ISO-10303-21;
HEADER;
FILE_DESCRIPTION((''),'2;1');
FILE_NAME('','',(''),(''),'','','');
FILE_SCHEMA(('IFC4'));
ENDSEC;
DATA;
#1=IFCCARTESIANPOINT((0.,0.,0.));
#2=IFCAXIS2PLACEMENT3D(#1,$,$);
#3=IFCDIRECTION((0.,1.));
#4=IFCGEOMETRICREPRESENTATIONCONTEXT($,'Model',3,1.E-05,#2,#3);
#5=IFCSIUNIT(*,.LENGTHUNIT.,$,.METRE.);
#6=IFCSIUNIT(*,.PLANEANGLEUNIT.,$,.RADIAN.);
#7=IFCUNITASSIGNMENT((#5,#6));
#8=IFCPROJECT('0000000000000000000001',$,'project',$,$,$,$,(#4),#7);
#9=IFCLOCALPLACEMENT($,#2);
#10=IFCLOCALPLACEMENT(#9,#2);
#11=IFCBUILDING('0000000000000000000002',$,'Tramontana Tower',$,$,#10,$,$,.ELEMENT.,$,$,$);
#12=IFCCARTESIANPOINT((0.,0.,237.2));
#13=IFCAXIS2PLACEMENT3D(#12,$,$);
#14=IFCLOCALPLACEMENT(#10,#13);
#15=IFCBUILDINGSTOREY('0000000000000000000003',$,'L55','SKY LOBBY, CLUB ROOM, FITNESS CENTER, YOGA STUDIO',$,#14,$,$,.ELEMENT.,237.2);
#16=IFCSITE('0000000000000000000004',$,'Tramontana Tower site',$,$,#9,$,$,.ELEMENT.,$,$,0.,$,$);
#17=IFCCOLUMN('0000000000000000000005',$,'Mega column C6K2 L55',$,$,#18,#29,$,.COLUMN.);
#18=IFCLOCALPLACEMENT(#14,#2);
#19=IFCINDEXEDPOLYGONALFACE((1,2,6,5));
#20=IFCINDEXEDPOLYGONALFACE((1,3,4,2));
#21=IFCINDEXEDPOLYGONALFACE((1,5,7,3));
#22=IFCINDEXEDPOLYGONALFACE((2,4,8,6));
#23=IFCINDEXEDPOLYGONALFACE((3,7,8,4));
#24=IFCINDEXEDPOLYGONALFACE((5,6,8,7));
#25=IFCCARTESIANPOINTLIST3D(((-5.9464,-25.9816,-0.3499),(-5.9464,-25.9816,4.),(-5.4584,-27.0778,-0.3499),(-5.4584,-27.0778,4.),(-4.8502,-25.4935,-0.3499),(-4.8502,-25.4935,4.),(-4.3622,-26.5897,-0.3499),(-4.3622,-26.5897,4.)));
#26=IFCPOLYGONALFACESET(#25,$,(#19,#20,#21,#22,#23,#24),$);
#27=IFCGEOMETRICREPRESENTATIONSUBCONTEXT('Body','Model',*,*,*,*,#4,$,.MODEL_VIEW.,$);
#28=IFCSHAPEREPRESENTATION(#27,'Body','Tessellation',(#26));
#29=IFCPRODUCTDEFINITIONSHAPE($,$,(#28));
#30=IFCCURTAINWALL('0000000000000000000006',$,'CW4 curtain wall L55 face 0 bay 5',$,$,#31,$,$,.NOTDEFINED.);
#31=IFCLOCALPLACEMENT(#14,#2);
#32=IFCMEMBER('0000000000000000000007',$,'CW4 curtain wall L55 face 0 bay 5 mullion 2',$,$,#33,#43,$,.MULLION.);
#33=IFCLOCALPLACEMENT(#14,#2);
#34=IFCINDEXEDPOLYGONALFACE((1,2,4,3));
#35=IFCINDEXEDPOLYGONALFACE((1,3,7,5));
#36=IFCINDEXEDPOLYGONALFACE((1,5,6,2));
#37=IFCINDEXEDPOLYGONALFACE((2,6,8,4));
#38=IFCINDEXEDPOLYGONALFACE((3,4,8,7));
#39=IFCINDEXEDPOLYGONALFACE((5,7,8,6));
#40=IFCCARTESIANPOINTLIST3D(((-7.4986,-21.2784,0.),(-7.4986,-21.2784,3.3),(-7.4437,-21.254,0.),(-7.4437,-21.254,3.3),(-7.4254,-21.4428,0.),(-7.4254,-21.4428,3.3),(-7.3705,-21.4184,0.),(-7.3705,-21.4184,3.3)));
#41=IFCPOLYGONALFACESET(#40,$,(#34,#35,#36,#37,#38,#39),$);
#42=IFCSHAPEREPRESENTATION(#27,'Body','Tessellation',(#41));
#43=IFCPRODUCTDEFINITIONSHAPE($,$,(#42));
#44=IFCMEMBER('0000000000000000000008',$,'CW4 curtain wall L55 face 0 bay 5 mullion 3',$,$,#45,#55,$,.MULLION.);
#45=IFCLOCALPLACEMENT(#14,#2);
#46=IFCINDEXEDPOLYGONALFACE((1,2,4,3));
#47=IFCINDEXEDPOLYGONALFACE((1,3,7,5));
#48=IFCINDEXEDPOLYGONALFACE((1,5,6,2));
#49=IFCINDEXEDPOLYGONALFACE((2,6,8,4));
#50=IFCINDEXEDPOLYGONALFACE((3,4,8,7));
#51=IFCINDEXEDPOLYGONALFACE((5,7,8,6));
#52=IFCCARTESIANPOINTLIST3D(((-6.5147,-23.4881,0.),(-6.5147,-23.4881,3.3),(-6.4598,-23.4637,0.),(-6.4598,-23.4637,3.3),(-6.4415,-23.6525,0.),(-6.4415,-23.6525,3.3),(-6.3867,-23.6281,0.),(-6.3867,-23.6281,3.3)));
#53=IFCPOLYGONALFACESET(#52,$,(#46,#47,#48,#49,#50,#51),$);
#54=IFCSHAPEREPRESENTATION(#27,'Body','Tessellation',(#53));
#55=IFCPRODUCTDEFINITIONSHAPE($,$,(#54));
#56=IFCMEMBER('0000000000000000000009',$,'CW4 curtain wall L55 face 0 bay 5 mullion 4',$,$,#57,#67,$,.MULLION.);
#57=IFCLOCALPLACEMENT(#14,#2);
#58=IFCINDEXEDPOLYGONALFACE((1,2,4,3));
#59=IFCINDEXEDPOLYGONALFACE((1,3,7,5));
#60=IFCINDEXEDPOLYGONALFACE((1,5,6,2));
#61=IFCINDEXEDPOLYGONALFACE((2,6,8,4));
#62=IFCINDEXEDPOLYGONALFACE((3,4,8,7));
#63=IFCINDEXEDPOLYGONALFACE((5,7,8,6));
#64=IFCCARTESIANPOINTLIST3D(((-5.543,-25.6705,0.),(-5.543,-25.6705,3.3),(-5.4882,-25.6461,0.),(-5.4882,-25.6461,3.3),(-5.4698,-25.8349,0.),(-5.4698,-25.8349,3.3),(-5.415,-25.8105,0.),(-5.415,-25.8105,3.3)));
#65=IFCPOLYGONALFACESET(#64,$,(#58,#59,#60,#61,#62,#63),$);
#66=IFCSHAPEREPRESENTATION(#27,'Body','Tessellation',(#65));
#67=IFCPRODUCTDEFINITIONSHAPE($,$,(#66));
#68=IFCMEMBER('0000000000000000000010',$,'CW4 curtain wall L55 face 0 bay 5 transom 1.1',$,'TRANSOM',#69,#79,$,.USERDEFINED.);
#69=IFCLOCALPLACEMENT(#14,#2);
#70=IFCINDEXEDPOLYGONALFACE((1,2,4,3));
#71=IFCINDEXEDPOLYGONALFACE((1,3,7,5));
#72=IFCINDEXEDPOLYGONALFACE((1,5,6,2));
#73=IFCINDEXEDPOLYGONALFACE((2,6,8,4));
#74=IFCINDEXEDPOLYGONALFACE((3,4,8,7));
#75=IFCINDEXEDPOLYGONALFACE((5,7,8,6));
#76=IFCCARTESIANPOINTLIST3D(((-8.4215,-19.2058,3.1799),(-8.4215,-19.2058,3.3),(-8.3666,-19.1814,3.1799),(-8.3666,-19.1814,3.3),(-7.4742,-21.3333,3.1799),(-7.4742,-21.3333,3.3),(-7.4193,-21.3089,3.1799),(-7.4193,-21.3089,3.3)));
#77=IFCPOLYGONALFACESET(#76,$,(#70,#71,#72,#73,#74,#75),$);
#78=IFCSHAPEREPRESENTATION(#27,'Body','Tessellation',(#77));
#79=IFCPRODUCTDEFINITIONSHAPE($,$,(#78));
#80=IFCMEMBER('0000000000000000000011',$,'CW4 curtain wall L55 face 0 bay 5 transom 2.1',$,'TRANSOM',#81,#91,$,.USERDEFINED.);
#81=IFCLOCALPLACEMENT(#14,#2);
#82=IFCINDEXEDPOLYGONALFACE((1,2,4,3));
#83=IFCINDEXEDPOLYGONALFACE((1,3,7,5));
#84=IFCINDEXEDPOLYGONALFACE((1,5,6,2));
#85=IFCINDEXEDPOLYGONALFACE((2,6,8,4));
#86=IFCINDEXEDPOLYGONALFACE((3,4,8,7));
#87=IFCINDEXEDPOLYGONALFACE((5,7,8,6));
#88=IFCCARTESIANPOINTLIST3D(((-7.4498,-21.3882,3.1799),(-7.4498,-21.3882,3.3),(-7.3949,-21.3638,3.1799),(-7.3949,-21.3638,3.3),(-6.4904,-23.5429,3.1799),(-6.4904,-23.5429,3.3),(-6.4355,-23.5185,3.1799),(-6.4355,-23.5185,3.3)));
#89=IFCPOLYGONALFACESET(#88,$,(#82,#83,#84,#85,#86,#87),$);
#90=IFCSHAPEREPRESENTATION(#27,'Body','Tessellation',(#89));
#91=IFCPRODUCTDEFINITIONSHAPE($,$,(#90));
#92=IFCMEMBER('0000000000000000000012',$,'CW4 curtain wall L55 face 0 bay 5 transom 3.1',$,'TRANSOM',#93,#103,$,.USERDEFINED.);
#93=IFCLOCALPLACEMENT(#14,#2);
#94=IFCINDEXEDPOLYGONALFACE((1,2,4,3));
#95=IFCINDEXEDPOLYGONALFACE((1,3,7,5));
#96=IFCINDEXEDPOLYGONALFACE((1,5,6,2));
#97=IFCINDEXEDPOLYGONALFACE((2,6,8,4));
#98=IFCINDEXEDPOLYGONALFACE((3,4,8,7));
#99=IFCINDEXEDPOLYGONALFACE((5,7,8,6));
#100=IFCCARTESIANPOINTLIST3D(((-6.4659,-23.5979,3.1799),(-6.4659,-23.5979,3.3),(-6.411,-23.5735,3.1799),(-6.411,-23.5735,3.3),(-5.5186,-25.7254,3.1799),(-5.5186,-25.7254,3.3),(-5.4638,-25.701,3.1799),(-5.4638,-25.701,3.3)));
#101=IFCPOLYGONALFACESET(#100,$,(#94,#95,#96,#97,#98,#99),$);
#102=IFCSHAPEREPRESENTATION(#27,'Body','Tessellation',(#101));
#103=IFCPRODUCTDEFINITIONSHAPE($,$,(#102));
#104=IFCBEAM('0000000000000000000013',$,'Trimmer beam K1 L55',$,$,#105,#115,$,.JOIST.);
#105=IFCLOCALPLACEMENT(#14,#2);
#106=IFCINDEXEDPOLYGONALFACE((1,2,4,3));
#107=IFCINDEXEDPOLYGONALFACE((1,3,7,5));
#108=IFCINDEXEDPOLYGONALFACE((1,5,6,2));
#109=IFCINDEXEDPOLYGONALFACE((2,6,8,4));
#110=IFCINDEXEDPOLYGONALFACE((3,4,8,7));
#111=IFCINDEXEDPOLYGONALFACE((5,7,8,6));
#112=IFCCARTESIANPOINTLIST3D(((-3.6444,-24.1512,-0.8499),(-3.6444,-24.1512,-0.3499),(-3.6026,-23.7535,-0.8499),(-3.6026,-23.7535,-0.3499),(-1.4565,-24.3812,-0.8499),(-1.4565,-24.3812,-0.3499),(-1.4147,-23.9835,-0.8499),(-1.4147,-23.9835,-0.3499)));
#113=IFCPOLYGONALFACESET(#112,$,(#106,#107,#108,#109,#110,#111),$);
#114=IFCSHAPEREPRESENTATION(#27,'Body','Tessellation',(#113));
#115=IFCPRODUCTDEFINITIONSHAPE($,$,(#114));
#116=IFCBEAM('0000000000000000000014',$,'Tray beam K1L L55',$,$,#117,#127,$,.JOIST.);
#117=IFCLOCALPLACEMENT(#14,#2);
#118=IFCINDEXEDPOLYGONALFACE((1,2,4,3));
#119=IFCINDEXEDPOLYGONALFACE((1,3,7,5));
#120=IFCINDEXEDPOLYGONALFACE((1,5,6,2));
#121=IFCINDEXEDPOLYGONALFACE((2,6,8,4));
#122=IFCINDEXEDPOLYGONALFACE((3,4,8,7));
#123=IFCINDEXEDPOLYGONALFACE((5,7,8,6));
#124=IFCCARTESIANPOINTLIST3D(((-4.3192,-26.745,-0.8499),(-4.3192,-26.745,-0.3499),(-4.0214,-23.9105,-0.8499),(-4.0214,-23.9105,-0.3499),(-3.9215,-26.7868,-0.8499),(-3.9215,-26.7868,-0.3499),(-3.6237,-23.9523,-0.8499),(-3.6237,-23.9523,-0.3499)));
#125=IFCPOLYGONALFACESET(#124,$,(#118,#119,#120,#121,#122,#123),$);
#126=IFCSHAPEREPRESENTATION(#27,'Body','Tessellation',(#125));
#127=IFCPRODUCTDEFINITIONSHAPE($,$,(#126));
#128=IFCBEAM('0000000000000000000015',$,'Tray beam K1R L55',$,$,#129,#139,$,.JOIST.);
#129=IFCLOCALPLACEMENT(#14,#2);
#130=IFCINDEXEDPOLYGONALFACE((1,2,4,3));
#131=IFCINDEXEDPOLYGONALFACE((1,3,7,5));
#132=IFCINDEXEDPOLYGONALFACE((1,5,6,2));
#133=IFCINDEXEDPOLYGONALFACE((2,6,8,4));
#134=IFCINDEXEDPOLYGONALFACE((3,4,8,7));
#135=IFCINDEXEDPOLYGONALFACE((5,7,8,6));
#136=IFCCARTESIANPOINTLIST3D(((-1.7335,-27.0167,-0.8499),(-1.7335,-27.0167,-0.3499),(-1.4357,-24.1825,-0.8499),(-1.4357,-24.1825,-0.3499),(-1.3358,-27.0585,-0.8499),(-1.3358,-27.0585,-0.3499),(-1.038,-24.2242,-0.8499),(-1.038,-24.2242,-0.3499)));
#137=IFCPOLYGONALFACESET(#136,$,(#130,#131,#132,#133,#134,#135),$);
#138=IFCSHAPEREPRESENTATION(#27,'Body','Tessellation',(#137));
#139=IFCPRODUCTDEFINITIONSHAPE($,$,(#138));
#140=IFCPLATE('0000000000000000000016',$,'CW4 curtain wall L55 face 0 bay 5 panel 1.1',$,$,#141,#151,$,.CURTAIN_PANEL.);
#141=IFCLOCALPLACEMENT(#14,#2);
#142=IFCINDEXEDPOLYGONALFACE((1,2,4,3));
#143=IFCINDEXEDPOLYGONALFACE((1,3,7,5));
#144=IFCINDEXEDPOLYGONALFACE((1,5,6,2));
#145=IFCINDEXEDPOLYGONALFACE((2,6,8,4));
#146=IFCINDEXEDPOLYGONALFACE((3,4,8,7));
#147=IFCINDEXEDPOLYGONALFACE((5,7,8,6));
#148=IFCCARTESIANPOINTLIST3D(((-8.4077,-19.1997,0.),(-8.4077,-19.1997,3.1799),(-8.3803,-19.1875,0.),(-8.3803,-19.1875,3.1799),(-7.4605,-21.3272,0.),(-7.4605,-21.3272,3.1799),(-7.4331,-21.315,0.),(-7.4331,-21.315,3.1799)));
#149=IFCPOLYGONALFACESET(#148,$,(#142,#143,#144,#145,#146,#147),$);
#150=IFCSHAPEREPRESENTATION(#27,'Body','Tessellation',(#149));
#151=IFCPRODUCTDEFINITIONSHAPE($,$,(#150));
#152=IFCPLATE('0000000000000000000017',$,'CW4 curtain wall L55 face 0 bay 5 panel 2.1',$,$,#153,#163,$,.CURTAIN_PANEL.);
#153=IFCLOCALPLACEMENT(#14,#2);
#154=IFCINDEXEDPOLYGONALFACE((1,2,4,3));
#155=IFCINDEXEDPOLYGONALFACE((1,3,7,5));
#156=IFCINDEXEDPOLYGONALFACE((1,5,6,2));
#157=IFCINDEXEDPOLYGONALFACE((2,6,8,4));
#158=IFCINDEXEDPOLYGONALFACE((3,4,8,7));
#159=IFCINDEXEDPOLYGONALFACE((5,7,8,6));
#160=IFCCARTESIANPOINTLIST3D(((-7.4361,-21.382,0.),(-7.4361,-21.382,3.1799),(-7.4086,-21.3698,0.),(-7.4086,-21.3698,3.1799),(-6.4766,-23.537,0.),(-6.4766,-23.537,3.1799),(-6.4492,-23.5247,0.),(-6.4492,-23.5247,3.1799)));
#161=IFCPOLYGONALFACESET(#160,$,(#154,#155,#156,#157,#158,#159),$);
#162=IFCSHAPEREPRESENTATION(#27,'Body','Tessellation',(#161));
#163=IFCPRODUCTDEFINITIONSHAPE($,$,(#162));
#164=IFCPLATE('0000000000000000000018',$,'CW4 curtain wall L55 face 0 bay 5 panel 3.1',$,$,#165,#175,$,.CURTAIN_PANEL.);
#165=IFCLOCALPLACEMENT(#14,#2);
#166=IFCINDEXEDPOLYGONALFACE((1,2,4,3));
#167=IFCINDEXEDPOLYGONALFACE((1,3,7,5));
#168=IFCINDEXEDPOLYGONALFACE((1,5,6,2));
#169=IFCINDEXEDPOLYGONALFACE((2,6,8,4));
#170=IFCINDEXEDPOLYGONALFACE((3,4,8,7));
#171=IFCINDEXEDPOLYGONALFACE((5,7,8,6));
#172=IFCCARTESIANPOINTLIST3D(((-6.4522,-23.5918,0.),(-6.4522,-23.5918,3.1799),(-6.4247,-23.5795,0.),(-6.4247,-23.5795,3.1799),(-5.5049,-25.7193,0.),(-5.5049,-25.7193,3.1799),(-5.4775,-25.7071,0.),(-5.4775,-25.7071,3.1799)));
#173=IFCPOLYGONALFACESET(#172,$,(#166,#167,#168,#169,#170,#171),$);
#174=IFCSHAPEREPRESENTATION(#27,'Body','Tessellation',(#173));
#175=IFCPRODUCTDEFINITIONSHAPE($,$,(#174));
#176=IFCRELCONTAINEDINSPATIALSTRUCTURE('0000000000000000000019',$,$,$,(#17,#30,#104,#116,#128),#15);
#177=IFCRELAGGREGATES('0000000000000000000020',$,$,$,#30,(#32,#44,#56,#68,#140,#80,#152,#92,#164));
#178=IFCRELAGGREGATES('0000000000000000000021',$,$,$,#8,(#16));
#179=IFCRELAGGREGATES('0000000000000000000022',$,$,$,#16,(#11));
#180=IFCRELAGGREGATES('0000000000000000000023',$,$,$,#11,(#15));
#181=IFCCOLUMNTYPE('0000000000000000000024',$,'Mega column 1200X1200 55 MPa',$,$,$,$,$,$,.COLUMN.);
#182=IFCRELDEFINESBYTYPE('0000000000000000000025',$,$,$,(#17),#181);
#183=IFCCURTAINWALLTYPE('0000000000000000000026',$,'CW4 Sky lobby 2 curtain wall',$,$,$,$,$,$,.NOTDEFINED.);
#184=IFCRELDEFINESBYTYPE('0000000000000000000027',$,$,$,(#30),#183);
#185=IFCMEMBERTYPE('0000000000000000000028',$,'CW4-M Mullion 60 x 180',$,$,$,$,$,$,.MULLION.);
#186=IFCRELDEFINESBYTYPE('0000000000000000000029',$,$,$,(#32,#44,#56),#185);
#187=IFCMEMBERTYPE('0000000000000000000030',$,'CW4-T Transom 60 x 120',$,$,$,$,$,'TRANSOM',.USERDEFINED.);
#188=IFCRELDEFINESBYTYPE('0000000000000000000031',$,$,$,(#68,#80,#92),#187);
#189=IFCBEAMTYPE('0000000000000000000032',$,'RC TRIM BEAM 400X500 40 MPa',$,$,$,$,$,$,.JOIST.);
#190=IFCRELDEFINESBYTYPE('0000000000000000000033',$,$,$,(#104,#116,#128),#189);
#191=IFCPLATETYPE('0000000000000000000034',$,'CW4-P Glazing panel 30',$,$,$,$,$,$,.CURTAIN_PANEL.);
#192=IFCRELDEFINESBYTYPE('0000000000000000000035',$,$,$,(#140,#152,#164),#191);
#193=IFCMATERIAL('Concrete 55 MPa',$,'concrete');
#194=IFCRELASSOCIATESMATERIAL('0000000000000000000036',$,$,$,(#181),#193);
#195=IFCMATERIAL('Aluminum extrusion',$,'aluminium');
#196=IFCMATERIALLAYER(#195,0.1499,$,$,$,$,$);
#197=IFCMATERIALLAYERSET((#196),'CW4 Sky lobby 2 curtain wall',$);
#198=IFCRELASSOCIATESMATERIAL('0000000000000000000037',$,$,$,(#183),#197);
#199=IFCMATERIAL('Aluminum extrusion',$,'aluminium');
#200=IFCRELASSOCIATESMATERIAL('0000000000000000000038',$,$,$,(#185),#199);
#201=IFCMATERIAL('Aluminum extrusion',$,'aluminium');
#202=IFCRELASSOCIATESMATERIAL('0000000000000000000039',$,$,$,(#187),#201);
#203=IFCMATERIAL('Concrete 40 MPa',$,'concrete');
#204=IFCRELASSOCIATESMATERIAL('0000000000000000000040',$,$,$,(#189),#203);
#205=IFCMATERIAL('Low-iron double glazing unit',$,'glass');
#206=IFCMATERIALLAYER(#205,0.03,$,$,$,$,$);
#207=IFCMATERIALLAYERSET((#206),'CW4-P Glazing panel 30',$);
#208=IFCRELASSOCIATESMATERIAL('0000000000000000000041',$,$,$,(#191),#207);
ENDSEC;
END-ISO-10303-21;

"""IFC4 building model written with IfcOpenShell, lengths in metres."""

from ifc_helpers import new_model, si_unit, direction, frame, origin, origin_2d, place, context, subcontext, project, spatial, rectangle, extrude, material, layer, layer_set, material_profile, profile_set, type_object, element, aggregate, save


model = new_model("IFC4")

# Units and contexts
model_context = context("Model", 3, precision=1e-05, world=origin(), true_north=direction((0.0, 1.0)))
body_context = subcontext(model_context, "Body", "Model", "MODEL_VIEW")
ifc_project = project(units=[si_unit("LENGTHUNIT", "METRE"), si_unit("PLANEANGLEUNIT", "RADIAN")], contexts=[model_context])

# Site, building, storey
site_placement = place(None, origin())
site = spatial("IfcSite", under=ifc_project, at=site_placement, Name="Tramontana Tower site", CompositionType="ELEMENT", RefElevation=0.0)
building_placement = place(site_placement, origin())
building = spatial("IfcBuilding", under=site, at=building_placement, Name="Tramontana Tower", CompositionType="ELEMENT")
storey_placement = place(building_placement, frame((0.0, 0.0, 237.2)))
storey = spatial("IfcBuildingStorey", under=building, at=storey_placement, Name="L55", Description="SKY LOBBY, CLUB ROOM, FITNESS CENTER, YOGA STUDIO", CompositionType="ELEMENT", Elevation=237.2)

# Column
ifc_material_1 = material(Name="Concrete 55 MPa", Category="concrete")
ifc_material_profile_1 = material_profile(ifc_material_1, rectangle(XDim=1.2, YDim=1.2, at=origin_2d()), Name="Mega column 1200X1200 55 MPa")
ifc_profile_set_1 = profile_set([ifc_material_profile_1], Name="Concrete 55 MPa")
column_type = type_object("IfcColumnType", Name="Mega column 1200X1200 55 MPa", PredefinedType="COLUMN", material=ifc_profile_set_1)
column_placement = place(storey_placement, frame((-5.1543, -26.2856, -0.3499), z_axis=(0.0, 0.0, 1.0), x_axis=(0.406737, -0.913545, 0.0)))
element("IfcColumn", 1, at=column_placement, inside=storey, type_object=column_type, Name="Mega column C6K2 L55", PredefinedType="COLUMN", context=body_context, shape_type="SweptSolid", body=[
    extrude(rectangle(XDim=1.2, YDim=1.2, at=origin_2d()), origin(), (0.0, 0.0, 1.0), 4.3499),
])

# Curtain wall, members
ifc_material_2 = material(Name="Aluminum extrusion", Category="aluminium")
ifc_layer_1 = layer(ifc_material_2, 0.1499)
ifc_layer_set_1 = layer_set([ifc_layer_1], Name="CW4 Sky lobby 2 curtain wall")
curtain_wall_type = type_object("IfcCurtainWallType", Name="CW4 Sky lobby 2 curtain wall", PredefinedType="NOTDEFINED", material=ifc_layer_set_1)
curtain_wall_placement = place(storey_placement, origin())
curtain_wall = element("IfcCurtainWall", 2, at=curtain_wall_placement, inside=storey, type_object=curtain_wall_type, Name="CW4 curtain wall L55 face 0 bay 5", PredefinedType="NOTDEFINED")
ifc_material_3 = material(Name="Aluminum extrusion", Category="aluminium")
ifc_material_profile_2 = material_profile(ifc_material_3, rectangle(XDim=0.0601, YDim=0.1799, at=origin_2d()), Name="CW4-M Mullion 60 x 180")
ifc_profile_set_2 = profile_set([ifc_material_profile_2], Name="Aluminum extrusion")
member_type_1 = type_object("IfcMemberType", Name="CW4-M Mullion 60 x 180", PredefinedType="MULLION", material=ifc_profile_set_2)
member_1_placement = place(storey_placement, frame((-7.4346, -21.3484, 0.0), z_axis=(0.0, 0.0, 1.0), x_axis=(0.913545, 0.406737, 0.0)))
member_1 = element("IfcMember", 3, at=member_1_placement, type_object=member_type_1, Name="CW4 curtain wall L55 face 0 bay 5 mullion 2", PredefinedType="MULLION", context=body_context, shape_type="SweptSolid", body=[
    extrude(rectangle(XDim=0.0601, YDim=0.1799, at=origin_2d()), origin(), (0.0, 0.0, 1.0), 3.3),
])
member_2_placement = place(storey_placement, frame((-6.4507, -23.5581, 0.0), z_axis=(0.0, 0.0, 1.0), x_axis=(0.913545, 0.406737, 0.0)))
member_2 = element("IfcMember", 4, at=member_2_placement, type_object=member_type_1, Name="CW4 curtain wall L55 face 0 bay 5 mullion 3", PredefinedType="MULLION", context=body_context, shape_type="SweptSolid", body=[
    extrude(rectangle(XDim=0.0601, YDim=0.1799, at=origin_2d()), origin(), (0.0, 0.0, 1.0), 3.3),
])
member_3_placement = place(storey_placement, frame((-5.479, -25.7405, 0.0), z_axis=(0.0, 0.0, 1.0), x_axis=(0.913545, 0.406737, 0.0)))
member_3 = element("IfcMember", 5, at=member_3_placement, type_object=member_type_1, Name="CW4 curtain wall L55 face 0 bay 5 mullion 4", PredefinedType="MULLION", context=body_context, shape_type="SweptSolid", body=[
    extrude(rectangle(XDim=0.0601, YDim=0.1799, at=origin_2d()), origin(), (0.0, 0.0, 1.0), 3.3),
])
ifc_material_4 = material(Name="Aluminum extrusion", Category="aluminium")
ifc_material_profile_3 = material_profile(ifc_material_4, rectangle(XDim=0.0601, YDim=0.1201, at=origin_2d()), Name="CW4-T Transom 60 x 120")
ifc_profile_set_3 = profile_set([ifc_material_profile_3], Name="Aluminum extrusion")
member_type_2 = type_object("IfcMemberType", Name="CW4-T Transom 60 x 120", ElementType="TRANSOM", PredefinedType="USERDEFINED", material=ifc_profile_set_3)
member_4_placement = place(storey_placement, frame((-8.394, -19.1936, 3.24), z_axis=(0.406761, -0.913535, 0.0), x_axis=(0.913535, 0.406761, 0.0)))
member_4 = element("IfcMember", 6, at=member_4_placement, type_object=member_type_2, Name="CW4 curtain wall L55 face 0 bay 5 transom 1.1", ObjectType="TRANSOM", PredefinedType="USERDEFINED", context=body_context, shape_type="SweptSolid", body=[
    extrude(rectangle(XDim=0.0601, YDim=0.1201, at=origin_2d()), origin(), (0.0, 0.0, 1.0), 2.3289),
])
member_5_placement = place(storey_placement, frame((-7.4224, -21.376, 3.24), z_axis=(0.406772, -0.91353, 0.0), x_axis=(0.91353, 0.406772, 0.0)))
member_5 = element("IfcMember", 7, at=member_5_placement, type_object=member_type_2, Name="CW4 curtain wall L55 face 0 bay 5 transom 2.1", ObjectType="TRANSOM", PredefinedType="USERDEFINED", context=body_context, shape_type="SweptSolid", body=[
    extrude(rectangle(XDim=0.0601, YDim=0.1201, at=origin_2d()), origin(), (0.0, 0.0, 1.0), 2.3586),
])
member_6_placement = place(storey_placement, frame((-6.4385, -23.5857, 3.24), z_axis=(0.406761, -0.913535, 0.0), x_axis=(0.913535, 0.406761, 0.0)))
member_6 = element("IfcMember", 8, at=member_6_placement, type_object=member_type_2, Name="CW4 curtain wall L55 face 0 bay 5 transom 3.1", ObjectType="TRANSOM", PredefinedType="USERDEFINED", context=body_context, shape_type="SweptSolid", body=[
    extrude(rectangle(XDim=0.0601, YDim=0.1201, at=origin_2d()), origin(), (0.0, 0.0, 1.0), 2.3289),
])

# Beams
ifc_material_5 = material(Name="Concrete 40 MPa", Category="concrete")
ifc_material_profile_4 = material_profile(ifc_material_5, rectangle(XDim=0.3999, YDim=0.5, at=origin_2d()), Name="RC TRIM BEAM 400X500 40 MPa")
ifc_profile_set_4 = profile_set([ifc_material_profile_4], Name="Concrete 40 MPa")
beam_type = type_object("IfcBeamType", Name="RC TRIM BEAM 400X500 40 MPa", PredefinedType="JOIST", material=ifc_profile_set_4)
beam_1_placement = place(storey_placement, frame((-3.6235, -23.9524, -0.5999), z_axis=(0.994521, -0.104535, 0.0), x_axis=(0.104535, 0.994521, 0.0)))
element("IfcBeam", 9, at=beam_1_placement, inside=storey, type_object=beam_type, Name="Trimmer beam K1 L55", PredefinedType="JOIST", context=body_context, shape_type="SweptSolid", body=[
    extrude(rectangle(XDim=0.3999, YDim=0.5, at=origin_2d()), origin(), (0.0, 0.0, 1.0), 2.2),
])
beam_2_placement = place(storey_placement, frame((-4.1204, -26.7659, -0.5999), z_axis=(0.104506, 0.994524, 0.0), x_axis=(-0.994524, 0.104506, 0.0)))
element("IfcBeam", 10, at=beam_2_placement, inside=storey, type_object=beam_type, Name="Tray beam K1L L55", PredefinedType="JOIST", context=body_context, shape_type="SweptSolid", body=[
    extrude(rectangle(XDim=0.3999, YDim=0.5, at=origin_2d()), origin(), (0.0, 0.0, 1.0), 2.8501),
])
beam_3_placement = place(storey_placement, frame((-1.5347, -27.0376, -0.5999), z_axis=(0.104515, 0.994523, 0.0), x_axis=(-0.994523, 0.104515, 0.0)))
element("IfcBeam", 11, at=beam_3_placement, inside=storey, type_object=beam_type, Name="Tray beam K1R L55", PredefinedType="JOIST", context=body_context, shape_type="SweptSolid", body=[
    extrude(rectangle(XDim=0.3999, YDim=0.5, at=origin_2d()), origin(), (0.0, 0.0, 1.0), 2.8499),
])

# Plates
ifc_material_6 = material(Name="Low-iron double glazing unit", Category="glass")
ifc_layer_2 = layer(ifc_material_6, 0.03)
ifc_layer_set_2 = layer_set([ifc_layer_2], Name="CW4-P Glazing panel 30")
plate_type = type_object("IfcPlateType", Name="CW4-P Glazing panel 30", PredefinedType="CURTAIN_PANEL", material=ifc_layer_set_2)
plate_1_placement = place(storey_placement, frame((-7.9204, -20.2573, 0.0), z_axis=(0.0, 0.0, 1.0), x_axis=(0.406737, -0.913545, 0.0)))
plate_1 = element("IfcPlate", 12, at=plate_1_placement, type_object=plate_type, Name="CW4 curtain wall L55 face 0 bay 5 panel 1.1", PredefinedType="CURTAIN_PANEL", context=body_context, shape_type="SweptSolid", body=[
    extrude(rectangle(XDim=2.3289, YDim=0.03, at=origin_2d()), origin(), (0.0, 0.0, 1.0), 3.1799),
])
plate_2_placement = place(storey_placement, frame((-6.9426, -22.4534, 0.0), z_axis=(0.0, 0.0, 1.0), x_axis=(0.406737, -0.913545, 0.0)))
plate_2 = element("IfcPlate", 13, at=plate_2_placement, type_object=plate_type, Name="CW4 curtain wall L55 face 0 bay 5 panel 2.1", PredefinedType="CURTAIN_PANEL", context=body_context, shape_type="SweptSolid", body=[
    extrude(rectangle(XDim=2.3589, YDim=0.03, at=origin_2d()), origin(), (0.0, 0.0, 1.0), 3.1799),
])
plate_3_placement = place(storey_placement, frame((-5.9648, -24.6494, 0.0), z_axis=(0.0, 0.0, 1.0), x_axis=(0.406737, -0.913545, 0.0)))
plate_3 = element("IfcPlate", 14, at=plate_3_placement, type_object=plate_type, Name="CW4 curtain wall L55 face 0 bay 5 panel 3.1", PredefinedType="CURTAIN_PANEL", context=body_context, shape_type="SweptSolid", body=[
    extrude(rectangle(XDim=2.3289, YDim=0.03, at=origin_2d()), origin(), (0.0, 0.0, 1.0), 3.1799),
])
aggregate(curtain_wall, [member_1, member_2, member_3, member_4, plate_1, member_5, plate_2, member_6, plate_3])

save(model, "model.ifc")
